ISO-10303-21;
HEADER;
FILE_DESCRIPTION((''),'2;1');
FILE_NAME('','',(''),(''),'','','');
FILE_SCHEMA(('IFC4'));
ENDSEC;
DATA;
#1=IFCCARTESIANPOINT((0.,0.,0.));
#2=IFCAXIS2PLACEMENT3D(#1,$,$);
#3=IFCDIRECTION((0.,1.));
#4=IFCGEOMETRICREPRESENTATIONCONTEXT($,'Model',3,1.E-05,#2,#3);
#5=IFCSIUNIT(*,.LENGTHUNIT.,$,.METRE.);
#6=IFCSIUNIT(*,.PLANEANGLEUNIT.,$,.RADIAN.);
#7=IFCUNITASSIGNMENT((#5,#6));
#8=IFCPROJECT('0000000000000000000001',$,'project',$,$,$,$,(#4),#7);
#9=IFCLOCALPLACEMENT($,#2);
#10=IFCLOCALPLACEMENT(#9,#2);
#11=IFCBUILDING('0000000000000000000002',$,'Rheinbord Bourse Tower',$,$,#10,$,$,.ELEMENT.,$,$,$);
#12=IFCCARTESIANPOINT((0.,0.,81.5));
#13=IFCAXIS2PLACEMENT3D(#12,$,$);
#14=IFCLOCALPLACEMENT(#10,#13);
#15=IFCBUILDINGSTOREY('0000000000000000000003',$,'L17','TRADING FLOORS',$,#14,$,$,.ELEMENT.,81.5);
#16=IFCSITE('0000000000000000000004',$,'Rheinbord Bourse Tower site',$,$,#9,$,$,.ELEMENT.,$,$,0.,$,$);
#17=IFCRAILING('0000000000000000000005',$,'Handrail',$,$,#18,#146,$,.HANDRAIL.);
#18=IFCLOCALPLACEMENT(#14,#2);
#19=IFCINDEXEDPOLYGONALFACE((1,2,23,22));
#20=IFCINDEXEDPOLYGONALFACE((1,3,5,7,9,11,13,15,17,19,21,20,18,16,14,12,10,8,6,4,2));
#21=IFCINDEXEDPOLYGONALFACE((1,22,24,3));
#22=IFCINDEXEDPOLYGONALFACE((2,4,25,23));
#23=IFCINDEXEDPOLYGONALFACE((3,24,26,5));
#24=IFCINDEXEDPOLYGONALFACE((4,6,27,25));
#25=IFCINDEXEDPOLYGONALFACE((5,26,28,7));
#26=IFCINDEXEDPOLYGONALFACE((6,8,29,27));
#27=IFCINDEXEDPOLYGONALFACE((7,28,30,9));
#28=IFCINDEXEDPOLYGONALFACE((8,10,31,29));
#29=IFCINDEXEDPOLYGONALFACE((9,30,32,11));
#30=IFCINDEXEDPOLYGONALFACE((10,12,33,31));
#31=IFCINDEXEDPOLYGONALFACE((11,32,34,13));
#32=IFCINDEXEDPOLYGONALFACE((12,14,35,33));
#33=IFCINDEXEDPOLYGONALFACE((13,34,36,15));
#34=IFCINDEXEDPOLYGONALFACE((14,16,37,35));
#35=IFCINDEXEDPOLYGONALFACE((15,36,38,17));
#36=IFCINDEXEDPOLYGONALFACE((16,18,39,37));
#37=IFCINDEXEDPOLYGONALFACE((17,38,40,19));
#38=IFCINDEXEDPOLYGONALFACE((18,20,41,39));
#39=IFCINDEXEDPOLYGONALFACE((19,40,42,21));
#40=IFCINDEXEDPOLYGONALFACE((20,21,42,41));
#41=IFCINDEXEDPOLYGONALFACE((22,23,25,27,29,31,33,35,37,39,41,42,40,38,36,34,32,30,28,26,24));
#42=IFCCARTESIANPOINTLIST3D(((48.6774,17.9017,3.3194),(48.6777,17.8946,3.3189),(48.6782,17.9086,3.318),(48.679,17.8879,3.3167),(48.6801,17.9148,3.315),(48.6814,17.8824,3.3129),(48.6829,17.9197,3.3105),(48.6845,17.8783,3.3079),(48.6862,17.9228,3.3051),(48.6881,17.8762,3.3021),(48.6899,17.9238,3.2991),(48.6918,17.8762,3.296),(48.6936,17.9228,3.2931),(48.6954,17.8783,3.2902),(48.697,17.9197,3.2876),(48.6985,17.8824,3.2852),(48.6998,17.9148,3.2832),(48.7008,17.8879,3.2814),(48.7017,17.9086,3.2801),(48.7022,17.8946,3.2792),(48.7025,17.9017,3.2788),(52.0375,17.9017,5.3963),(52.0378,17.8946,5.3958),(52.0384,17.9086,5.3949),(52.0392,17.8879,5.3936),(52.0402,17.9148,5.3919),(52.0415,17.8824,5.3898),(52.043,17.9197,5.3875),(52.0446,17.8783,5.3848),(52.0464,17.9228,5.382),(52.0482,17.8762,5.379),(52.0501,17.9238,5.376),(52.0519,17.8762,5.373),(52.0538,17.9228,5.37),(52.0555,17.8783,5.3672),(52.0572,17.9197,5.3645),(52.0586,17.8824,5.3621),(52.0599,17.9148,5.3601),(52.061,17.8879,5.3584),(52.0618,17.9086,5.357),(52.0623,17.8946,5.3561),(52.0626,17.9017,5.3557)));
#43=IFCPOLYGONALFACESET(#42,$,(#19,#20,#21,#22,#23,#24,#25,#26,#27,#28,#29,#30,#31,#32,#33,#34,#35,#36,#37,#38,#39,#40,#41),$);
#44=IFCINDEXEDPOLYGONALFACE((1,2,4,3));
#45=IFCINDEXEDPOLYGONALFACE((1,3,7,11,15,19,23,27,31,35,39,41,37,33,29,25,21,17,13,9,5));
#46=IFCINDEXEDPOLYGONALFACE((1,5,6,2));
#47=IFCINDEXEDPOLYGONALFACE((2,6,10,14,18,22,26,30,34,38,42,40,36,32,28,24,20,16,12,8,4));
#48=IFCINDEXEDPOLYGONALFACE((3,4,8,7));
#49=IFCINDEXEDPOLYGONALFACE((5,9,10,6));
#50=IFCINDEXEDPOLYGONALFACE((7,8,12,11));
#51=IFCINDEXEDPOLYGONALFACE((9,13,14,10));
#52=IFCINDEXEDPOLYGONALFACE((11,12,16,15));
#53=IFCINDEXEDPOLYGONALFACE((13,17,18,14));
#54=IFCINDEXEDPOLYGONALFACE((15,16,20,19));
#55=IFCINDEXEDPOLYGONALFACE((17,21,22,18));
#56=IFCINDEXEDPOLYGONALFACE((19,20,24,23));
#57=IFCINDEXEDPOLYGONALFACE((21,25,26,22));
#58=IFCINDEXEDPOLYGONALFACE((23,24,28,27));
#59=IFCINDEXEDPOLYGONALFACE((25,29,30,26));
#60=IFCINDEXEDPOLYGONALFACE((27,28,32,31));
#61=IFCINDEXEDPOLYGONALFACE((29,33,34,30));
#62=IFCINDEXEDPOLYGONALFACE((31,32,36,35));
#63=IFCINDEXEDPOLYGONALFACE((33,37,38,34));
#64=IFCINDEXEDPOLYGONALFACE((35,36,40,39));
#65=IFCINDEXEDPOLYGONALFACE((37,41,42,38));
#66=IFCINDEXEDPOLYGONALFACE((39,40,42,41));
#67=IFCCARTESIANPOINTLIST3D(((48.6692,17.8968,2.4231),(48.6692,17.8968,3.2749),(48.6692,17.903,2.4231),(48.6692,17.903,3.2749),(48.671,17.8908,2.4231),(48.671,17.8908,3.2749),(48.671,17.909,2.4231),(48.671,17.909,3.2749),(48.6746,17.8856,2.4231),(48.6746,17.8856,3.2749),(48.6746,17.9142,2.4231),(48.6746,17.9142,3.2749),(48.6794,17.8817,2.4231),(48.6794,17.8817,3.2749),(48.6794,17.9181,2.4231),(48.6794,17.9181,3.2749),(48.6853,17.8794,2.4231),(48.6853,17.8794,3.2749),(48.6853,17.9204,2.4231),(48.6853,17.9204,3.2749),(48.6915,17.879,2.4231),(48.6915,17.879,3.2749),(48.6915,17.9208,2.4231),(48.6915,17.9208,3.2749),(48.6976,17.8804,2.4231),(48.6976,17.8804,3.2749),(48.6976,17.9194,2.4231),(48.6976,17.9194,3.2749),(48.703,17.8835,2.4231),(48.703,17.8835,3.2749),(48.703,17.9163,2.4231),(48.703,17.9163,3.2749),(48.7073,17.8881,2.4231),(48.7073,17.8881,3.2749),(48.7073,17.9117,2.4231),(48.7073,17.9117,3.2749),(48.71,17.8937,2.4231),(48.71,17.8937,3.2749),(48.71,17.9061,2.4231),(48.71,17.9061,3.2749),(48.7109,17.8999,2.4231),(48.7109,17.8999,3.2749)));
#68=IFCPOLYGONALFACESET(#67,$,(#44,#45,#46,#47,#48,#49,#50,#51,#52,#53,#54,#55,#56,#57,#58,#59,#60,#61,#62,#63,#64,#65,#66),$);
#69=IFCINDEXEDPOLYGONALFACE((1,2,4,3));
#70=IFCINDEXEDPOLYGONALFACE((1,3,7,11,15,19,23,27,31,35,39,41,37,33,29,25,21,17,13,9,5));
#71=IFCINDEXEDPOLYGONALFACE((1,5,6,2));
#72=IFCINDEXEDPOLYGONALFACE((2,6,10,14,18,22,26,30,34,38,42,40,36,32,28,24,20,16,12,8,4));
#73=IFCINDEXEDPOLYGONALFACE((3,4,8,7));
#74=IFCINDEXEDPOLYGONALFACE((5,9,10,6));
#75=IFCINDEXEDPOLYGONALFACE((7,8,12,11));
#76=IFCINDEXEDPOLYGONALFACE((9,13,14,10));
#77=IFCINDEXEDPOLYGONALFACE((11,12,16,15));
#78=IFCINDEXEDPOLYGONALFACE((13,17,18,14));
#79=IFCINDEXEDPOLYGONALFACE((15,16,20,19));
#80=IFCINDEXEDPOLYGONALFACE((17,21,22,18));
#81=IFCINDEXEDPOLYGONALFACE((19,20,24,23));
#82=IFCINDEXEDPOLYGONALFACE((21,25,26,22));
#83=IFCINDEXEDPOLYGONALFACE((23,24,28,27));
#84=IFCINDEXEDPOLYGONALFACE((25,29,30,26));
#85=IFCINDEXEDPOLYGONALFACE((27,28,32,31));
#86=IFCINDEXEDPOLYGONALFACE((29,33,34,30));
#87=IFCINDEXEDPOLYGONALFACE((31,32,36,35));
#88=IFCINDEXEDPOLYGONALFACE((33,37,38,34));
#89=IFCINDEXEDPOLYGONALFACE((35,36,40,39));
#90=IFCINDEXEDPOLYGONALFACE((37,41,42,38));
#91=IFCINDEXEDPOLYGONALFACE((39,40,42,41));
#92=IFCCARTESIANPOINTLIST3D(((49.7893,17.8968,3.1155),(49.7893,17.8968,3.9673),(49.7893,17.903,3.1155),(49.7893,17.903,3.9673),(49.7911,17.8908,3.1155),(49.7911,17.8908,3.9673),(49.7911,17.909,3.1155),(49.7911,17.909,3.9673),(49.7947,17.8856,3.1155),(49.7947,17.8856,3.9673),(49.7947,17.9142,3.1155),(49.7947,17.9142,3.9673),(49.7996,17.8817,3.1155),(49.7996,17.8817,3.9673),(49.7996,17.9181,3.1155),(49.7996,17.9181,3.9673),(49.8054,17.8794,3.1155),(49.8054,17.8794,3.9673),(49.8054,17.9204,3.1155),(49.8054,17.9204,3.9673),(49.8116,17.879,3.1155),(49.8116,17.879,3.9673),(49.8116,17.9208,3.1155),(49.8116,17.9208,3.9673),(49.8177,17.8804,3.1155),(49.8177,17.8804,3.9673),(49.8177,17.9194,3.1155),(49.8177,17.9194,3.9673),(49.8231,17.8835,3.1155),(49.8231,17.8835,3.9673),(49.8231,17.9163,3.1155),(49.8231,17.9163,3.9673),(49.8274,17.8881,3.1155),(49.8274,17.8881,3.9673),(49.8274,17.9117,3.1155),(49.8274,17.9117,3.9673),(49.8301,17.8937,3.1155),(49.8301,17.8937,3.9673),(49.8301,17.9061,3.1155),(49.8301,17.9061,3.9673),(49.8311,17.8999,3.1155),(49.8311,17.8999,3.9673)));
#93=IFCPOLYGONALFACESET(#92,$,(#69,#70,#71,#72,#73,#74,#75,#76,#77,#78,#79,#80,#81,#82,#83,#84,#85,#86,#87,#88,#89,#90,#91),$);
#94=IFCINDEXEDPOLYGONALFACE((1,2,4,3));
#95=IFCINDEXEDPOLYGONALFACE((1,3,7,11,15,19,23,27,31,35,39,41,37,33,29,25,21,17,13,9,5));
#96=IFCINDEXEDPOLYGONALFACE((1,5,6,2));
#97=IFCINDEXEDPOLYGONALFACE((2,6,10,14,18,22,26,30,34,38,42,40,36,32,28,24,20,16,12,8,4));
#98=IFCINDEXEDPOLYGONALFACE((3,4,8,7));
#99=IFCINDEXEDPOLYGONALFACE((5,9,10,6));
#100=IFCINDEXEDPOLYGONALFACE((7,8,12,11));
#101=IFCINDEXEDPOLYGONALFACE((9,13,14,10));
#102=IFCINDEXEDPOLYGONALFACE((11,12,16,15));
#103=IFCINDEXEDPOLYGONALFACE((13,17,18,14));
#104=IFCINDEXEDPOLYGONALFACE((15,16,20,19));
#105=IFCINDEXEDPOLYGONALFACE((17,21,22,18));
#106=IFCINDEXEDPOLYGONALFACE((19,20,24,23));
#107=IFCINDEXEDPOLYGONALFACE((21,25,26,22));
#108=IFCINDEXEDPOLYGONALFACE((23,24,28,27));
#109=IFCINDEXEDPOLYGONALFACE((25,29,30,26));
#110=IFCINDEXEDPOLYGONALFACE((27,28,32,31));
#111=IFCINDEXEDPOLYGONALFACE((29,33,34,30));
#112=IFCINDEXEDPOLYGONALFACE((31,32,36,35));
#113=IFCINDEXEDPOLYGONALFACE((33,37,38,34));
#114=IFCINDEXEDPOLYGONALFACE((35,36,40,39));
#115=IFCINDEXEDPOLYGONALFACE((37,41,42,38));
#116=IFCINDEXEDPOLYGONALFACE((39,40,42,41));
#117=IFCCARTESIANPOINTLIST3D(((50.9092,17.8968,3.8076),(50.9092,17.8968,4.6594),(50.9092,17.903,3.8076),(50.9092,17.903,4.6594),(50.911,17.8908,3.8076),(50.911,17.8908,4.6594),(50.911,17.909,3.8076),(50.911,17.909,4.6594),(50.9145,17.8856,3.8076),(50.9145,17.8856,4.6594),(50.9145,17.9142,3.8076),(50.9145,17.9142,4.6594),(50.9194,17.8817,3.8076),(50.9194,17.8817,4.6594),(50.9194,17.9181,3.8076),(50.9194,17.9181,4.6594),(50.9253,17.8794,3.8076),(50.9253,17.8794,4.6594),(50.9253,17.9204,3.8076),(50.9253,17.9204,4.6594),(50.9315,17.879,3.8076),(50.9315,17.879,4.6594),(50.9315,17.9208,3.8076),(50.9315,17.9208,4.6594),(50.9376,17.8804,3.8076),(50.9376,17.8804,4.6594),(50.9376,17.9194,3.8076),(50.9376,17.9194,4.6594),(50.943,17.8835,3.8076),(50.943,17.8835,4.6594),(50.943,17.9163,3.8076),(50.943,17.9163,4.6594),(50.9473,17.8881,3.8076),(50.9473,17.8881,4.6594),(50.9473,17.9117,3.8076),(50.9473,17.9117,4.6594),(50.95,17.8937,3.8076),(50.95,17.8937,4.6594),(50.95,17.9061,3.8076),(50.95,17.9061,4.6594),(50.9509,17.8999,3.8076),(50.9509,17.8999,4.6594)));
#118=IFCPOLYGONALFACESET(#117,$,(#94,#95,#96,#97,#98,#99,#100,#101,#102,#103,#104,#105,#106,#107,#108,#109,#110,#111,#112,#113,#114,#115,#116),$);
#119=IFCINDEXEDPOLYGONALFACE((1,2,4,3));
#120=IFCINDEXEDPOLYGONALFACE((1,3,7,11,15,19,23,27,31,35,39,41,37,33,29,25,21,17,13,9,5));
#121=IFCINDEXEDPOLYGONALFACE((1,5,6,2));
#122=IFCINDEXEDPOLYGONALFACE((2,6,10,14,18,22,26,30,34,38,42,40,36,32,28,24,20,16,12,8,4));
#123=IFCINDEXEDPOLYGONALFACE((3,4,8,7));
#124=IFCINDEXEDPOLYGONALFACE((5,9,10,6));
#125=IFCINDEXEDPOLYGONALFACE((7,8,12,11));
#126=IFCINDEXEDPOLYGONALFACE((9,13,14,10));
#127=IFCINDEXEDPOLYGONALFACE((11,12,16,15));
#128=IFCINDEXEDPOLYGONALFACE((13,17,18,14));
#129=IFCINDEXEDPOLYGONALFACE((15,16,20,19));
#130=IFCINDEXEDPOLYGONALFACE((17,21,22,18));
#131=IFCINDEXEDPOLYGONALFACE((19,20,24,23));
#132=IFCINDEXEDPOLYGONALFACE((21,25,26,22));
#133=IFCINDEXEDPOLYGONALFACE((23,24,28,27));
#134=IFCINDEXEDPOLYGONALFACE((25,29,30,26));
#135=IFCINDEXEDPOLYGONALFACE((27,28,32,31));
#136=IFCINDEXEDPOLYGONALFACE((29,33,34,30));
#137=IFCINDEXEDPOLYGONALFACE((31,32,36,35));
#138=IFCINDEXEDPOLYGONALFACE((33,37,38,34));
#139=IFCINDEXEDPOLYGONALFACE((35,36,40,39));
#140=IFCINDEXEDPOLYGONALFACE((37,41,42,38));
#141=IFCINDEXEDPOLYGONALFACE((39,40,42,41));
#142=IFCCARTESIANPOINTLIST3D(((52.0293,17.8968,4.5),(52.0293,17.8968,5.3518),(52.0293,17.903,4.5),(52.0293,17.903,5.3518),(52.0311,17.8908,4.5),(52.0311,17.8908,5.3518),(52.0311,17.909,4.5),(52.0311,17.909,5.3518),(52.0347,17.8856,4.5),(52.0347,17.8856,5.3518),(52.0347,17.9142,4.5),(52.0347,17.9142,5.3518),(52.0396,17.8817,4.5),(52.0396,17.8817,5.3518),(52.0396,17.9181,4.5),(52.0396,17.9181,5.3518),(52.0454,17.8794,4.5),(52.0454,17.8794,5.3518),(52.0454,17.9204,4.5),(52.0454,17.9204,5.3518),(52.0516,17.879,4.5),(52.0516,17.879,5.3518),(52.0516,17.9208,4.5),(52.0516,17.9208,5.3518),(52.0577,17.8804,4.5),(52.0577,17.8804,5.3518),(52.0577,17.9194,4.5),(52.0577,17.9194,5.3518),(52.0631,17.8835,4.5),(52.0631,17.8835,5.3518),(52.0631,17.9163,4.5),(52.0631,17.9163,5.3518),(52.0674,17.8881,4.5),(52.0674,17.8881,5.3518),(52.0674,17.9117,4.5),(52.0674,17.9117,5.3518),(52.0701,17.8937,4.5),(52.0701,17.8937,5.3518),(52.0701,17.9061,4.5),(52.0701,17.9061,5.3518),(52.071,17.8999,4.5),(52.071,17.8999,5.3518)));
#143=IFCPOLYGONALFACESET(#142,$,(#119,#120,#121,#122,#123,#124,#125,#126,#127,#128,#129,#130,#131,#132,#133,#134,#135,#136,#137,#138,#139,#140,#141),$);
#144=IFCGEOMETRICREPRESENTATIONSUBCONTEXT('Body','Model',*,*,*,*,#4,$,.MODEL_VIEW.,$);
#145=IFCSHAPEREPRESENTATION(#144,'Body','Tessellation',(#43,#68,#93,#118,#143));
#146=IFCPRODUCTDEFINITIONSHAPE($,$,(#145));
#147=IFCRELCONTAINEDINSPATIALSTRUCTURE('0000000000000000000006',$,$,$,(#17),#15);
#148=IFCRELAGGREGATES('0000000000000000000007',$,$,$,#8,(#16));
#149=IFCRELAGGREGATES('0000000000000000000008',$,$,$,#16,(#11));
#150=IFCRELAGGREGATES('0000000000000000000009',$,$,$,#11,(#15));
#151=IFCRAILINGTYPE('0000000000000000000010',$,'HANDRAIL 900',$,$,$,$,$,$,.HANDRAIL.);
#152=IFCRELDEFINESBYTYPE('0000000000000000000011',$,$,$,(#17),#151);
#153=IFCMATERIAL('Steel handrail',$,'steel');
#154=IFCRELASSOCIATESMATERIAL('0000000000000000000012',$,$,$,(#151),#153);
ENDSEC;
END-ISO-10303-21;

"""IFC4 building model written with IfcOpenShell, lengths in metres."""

from ifc_helpers import new_model, si_unit, direction, frame, origin, origin_2d, place, context, subcontext, project, spatial, circle, extrude, material, type_object, element, save


model = new_model("IFC4")

# Units and contexts
model_context = context("Model", 3, precision=1e-05, world=origin(), true_north=direction((0.0, 1.0)))
body_context = subcontext(model_context, "Body", "Model", "MODEL_VIEW")
ifc_project = project(units=[si_unit("LENGTHUNIT", "METRE"), si_unit("PLANEANGLEUNIT", "RADIAN")], contexts=[model_context])

# Site, building, storey
site_placement = place(None, origin())
site = spatial("IfcSite", under=ifc_project, at=site_placement, Name="Rheinbord Bourse Tower site", CompositionType="ELEMENT", RefElevation=0.0)
building_placement = place(site_placement, origin())
building = spatial("IfcBuilding", under=site, at=building_placement, Name="Rheinbord Bourse Tower", CompositionType="ELEMENT")
storey_placement = place(building_placement, frame((0.0, 0.0, 81.5)))
storey = spatial("IfcBuildingStorey", under=building, at=storey_placement, Name="L17", Description="TRADING FLOORS", CompositionType="ELEMENT", Elevation=81.5)

# Railing
ifc_material_1 = material(Name="Steel handrail", Category="steel")
railing_type = type_object("IfcRailingType", Name="HANDRAIL 900", PredefinedType="HANDRAIL", material=ifc_material_1)
railing_1_placement = place(storey_placement, frame((48.6899, 17.8999, 2.4231)))
element("IfcRailing", 1, at=railing_1_placement, inside=storey, type_object=railing_type, Name="Handrail", PredefinedType="HANDRAIL", context=body_context, shape_type="SweptSolid", body=[
    extrude(circle(Radius=0.0239, at=origin_2d()), frame((0.0, 0.0, 0.876), z_axis=(0.850623, 0.0, 0.525776), x_axis=(0.0, 1.0, 0.0)), (0.0, 0.0, 1.0), 3.9502),
    extrude(circle(Radius=0.021, at=origin_2d()), origin(), (0.0, 0.0, 1.0), 0.8518),
    extrude(circle(Radius=0.021, at=origin_2d()), frame((1.1201, 0.0, 0.6924)), (0.0, 0.0, 1.0), 0.8518),
    extrude(circle(Radius=0.021, at=origin_2d()), frame((2.24, 0.0, 1.3845)), (0.0, 0.0, 1.0), 0.8518),
    extrude(circle(Radius=0.021, at=origin_2d()), frame((3.3601, 0.0, 2.0769)), (0.0, 0.0, 1.0), 0.8518),
])

save(model, "model.ifc")
